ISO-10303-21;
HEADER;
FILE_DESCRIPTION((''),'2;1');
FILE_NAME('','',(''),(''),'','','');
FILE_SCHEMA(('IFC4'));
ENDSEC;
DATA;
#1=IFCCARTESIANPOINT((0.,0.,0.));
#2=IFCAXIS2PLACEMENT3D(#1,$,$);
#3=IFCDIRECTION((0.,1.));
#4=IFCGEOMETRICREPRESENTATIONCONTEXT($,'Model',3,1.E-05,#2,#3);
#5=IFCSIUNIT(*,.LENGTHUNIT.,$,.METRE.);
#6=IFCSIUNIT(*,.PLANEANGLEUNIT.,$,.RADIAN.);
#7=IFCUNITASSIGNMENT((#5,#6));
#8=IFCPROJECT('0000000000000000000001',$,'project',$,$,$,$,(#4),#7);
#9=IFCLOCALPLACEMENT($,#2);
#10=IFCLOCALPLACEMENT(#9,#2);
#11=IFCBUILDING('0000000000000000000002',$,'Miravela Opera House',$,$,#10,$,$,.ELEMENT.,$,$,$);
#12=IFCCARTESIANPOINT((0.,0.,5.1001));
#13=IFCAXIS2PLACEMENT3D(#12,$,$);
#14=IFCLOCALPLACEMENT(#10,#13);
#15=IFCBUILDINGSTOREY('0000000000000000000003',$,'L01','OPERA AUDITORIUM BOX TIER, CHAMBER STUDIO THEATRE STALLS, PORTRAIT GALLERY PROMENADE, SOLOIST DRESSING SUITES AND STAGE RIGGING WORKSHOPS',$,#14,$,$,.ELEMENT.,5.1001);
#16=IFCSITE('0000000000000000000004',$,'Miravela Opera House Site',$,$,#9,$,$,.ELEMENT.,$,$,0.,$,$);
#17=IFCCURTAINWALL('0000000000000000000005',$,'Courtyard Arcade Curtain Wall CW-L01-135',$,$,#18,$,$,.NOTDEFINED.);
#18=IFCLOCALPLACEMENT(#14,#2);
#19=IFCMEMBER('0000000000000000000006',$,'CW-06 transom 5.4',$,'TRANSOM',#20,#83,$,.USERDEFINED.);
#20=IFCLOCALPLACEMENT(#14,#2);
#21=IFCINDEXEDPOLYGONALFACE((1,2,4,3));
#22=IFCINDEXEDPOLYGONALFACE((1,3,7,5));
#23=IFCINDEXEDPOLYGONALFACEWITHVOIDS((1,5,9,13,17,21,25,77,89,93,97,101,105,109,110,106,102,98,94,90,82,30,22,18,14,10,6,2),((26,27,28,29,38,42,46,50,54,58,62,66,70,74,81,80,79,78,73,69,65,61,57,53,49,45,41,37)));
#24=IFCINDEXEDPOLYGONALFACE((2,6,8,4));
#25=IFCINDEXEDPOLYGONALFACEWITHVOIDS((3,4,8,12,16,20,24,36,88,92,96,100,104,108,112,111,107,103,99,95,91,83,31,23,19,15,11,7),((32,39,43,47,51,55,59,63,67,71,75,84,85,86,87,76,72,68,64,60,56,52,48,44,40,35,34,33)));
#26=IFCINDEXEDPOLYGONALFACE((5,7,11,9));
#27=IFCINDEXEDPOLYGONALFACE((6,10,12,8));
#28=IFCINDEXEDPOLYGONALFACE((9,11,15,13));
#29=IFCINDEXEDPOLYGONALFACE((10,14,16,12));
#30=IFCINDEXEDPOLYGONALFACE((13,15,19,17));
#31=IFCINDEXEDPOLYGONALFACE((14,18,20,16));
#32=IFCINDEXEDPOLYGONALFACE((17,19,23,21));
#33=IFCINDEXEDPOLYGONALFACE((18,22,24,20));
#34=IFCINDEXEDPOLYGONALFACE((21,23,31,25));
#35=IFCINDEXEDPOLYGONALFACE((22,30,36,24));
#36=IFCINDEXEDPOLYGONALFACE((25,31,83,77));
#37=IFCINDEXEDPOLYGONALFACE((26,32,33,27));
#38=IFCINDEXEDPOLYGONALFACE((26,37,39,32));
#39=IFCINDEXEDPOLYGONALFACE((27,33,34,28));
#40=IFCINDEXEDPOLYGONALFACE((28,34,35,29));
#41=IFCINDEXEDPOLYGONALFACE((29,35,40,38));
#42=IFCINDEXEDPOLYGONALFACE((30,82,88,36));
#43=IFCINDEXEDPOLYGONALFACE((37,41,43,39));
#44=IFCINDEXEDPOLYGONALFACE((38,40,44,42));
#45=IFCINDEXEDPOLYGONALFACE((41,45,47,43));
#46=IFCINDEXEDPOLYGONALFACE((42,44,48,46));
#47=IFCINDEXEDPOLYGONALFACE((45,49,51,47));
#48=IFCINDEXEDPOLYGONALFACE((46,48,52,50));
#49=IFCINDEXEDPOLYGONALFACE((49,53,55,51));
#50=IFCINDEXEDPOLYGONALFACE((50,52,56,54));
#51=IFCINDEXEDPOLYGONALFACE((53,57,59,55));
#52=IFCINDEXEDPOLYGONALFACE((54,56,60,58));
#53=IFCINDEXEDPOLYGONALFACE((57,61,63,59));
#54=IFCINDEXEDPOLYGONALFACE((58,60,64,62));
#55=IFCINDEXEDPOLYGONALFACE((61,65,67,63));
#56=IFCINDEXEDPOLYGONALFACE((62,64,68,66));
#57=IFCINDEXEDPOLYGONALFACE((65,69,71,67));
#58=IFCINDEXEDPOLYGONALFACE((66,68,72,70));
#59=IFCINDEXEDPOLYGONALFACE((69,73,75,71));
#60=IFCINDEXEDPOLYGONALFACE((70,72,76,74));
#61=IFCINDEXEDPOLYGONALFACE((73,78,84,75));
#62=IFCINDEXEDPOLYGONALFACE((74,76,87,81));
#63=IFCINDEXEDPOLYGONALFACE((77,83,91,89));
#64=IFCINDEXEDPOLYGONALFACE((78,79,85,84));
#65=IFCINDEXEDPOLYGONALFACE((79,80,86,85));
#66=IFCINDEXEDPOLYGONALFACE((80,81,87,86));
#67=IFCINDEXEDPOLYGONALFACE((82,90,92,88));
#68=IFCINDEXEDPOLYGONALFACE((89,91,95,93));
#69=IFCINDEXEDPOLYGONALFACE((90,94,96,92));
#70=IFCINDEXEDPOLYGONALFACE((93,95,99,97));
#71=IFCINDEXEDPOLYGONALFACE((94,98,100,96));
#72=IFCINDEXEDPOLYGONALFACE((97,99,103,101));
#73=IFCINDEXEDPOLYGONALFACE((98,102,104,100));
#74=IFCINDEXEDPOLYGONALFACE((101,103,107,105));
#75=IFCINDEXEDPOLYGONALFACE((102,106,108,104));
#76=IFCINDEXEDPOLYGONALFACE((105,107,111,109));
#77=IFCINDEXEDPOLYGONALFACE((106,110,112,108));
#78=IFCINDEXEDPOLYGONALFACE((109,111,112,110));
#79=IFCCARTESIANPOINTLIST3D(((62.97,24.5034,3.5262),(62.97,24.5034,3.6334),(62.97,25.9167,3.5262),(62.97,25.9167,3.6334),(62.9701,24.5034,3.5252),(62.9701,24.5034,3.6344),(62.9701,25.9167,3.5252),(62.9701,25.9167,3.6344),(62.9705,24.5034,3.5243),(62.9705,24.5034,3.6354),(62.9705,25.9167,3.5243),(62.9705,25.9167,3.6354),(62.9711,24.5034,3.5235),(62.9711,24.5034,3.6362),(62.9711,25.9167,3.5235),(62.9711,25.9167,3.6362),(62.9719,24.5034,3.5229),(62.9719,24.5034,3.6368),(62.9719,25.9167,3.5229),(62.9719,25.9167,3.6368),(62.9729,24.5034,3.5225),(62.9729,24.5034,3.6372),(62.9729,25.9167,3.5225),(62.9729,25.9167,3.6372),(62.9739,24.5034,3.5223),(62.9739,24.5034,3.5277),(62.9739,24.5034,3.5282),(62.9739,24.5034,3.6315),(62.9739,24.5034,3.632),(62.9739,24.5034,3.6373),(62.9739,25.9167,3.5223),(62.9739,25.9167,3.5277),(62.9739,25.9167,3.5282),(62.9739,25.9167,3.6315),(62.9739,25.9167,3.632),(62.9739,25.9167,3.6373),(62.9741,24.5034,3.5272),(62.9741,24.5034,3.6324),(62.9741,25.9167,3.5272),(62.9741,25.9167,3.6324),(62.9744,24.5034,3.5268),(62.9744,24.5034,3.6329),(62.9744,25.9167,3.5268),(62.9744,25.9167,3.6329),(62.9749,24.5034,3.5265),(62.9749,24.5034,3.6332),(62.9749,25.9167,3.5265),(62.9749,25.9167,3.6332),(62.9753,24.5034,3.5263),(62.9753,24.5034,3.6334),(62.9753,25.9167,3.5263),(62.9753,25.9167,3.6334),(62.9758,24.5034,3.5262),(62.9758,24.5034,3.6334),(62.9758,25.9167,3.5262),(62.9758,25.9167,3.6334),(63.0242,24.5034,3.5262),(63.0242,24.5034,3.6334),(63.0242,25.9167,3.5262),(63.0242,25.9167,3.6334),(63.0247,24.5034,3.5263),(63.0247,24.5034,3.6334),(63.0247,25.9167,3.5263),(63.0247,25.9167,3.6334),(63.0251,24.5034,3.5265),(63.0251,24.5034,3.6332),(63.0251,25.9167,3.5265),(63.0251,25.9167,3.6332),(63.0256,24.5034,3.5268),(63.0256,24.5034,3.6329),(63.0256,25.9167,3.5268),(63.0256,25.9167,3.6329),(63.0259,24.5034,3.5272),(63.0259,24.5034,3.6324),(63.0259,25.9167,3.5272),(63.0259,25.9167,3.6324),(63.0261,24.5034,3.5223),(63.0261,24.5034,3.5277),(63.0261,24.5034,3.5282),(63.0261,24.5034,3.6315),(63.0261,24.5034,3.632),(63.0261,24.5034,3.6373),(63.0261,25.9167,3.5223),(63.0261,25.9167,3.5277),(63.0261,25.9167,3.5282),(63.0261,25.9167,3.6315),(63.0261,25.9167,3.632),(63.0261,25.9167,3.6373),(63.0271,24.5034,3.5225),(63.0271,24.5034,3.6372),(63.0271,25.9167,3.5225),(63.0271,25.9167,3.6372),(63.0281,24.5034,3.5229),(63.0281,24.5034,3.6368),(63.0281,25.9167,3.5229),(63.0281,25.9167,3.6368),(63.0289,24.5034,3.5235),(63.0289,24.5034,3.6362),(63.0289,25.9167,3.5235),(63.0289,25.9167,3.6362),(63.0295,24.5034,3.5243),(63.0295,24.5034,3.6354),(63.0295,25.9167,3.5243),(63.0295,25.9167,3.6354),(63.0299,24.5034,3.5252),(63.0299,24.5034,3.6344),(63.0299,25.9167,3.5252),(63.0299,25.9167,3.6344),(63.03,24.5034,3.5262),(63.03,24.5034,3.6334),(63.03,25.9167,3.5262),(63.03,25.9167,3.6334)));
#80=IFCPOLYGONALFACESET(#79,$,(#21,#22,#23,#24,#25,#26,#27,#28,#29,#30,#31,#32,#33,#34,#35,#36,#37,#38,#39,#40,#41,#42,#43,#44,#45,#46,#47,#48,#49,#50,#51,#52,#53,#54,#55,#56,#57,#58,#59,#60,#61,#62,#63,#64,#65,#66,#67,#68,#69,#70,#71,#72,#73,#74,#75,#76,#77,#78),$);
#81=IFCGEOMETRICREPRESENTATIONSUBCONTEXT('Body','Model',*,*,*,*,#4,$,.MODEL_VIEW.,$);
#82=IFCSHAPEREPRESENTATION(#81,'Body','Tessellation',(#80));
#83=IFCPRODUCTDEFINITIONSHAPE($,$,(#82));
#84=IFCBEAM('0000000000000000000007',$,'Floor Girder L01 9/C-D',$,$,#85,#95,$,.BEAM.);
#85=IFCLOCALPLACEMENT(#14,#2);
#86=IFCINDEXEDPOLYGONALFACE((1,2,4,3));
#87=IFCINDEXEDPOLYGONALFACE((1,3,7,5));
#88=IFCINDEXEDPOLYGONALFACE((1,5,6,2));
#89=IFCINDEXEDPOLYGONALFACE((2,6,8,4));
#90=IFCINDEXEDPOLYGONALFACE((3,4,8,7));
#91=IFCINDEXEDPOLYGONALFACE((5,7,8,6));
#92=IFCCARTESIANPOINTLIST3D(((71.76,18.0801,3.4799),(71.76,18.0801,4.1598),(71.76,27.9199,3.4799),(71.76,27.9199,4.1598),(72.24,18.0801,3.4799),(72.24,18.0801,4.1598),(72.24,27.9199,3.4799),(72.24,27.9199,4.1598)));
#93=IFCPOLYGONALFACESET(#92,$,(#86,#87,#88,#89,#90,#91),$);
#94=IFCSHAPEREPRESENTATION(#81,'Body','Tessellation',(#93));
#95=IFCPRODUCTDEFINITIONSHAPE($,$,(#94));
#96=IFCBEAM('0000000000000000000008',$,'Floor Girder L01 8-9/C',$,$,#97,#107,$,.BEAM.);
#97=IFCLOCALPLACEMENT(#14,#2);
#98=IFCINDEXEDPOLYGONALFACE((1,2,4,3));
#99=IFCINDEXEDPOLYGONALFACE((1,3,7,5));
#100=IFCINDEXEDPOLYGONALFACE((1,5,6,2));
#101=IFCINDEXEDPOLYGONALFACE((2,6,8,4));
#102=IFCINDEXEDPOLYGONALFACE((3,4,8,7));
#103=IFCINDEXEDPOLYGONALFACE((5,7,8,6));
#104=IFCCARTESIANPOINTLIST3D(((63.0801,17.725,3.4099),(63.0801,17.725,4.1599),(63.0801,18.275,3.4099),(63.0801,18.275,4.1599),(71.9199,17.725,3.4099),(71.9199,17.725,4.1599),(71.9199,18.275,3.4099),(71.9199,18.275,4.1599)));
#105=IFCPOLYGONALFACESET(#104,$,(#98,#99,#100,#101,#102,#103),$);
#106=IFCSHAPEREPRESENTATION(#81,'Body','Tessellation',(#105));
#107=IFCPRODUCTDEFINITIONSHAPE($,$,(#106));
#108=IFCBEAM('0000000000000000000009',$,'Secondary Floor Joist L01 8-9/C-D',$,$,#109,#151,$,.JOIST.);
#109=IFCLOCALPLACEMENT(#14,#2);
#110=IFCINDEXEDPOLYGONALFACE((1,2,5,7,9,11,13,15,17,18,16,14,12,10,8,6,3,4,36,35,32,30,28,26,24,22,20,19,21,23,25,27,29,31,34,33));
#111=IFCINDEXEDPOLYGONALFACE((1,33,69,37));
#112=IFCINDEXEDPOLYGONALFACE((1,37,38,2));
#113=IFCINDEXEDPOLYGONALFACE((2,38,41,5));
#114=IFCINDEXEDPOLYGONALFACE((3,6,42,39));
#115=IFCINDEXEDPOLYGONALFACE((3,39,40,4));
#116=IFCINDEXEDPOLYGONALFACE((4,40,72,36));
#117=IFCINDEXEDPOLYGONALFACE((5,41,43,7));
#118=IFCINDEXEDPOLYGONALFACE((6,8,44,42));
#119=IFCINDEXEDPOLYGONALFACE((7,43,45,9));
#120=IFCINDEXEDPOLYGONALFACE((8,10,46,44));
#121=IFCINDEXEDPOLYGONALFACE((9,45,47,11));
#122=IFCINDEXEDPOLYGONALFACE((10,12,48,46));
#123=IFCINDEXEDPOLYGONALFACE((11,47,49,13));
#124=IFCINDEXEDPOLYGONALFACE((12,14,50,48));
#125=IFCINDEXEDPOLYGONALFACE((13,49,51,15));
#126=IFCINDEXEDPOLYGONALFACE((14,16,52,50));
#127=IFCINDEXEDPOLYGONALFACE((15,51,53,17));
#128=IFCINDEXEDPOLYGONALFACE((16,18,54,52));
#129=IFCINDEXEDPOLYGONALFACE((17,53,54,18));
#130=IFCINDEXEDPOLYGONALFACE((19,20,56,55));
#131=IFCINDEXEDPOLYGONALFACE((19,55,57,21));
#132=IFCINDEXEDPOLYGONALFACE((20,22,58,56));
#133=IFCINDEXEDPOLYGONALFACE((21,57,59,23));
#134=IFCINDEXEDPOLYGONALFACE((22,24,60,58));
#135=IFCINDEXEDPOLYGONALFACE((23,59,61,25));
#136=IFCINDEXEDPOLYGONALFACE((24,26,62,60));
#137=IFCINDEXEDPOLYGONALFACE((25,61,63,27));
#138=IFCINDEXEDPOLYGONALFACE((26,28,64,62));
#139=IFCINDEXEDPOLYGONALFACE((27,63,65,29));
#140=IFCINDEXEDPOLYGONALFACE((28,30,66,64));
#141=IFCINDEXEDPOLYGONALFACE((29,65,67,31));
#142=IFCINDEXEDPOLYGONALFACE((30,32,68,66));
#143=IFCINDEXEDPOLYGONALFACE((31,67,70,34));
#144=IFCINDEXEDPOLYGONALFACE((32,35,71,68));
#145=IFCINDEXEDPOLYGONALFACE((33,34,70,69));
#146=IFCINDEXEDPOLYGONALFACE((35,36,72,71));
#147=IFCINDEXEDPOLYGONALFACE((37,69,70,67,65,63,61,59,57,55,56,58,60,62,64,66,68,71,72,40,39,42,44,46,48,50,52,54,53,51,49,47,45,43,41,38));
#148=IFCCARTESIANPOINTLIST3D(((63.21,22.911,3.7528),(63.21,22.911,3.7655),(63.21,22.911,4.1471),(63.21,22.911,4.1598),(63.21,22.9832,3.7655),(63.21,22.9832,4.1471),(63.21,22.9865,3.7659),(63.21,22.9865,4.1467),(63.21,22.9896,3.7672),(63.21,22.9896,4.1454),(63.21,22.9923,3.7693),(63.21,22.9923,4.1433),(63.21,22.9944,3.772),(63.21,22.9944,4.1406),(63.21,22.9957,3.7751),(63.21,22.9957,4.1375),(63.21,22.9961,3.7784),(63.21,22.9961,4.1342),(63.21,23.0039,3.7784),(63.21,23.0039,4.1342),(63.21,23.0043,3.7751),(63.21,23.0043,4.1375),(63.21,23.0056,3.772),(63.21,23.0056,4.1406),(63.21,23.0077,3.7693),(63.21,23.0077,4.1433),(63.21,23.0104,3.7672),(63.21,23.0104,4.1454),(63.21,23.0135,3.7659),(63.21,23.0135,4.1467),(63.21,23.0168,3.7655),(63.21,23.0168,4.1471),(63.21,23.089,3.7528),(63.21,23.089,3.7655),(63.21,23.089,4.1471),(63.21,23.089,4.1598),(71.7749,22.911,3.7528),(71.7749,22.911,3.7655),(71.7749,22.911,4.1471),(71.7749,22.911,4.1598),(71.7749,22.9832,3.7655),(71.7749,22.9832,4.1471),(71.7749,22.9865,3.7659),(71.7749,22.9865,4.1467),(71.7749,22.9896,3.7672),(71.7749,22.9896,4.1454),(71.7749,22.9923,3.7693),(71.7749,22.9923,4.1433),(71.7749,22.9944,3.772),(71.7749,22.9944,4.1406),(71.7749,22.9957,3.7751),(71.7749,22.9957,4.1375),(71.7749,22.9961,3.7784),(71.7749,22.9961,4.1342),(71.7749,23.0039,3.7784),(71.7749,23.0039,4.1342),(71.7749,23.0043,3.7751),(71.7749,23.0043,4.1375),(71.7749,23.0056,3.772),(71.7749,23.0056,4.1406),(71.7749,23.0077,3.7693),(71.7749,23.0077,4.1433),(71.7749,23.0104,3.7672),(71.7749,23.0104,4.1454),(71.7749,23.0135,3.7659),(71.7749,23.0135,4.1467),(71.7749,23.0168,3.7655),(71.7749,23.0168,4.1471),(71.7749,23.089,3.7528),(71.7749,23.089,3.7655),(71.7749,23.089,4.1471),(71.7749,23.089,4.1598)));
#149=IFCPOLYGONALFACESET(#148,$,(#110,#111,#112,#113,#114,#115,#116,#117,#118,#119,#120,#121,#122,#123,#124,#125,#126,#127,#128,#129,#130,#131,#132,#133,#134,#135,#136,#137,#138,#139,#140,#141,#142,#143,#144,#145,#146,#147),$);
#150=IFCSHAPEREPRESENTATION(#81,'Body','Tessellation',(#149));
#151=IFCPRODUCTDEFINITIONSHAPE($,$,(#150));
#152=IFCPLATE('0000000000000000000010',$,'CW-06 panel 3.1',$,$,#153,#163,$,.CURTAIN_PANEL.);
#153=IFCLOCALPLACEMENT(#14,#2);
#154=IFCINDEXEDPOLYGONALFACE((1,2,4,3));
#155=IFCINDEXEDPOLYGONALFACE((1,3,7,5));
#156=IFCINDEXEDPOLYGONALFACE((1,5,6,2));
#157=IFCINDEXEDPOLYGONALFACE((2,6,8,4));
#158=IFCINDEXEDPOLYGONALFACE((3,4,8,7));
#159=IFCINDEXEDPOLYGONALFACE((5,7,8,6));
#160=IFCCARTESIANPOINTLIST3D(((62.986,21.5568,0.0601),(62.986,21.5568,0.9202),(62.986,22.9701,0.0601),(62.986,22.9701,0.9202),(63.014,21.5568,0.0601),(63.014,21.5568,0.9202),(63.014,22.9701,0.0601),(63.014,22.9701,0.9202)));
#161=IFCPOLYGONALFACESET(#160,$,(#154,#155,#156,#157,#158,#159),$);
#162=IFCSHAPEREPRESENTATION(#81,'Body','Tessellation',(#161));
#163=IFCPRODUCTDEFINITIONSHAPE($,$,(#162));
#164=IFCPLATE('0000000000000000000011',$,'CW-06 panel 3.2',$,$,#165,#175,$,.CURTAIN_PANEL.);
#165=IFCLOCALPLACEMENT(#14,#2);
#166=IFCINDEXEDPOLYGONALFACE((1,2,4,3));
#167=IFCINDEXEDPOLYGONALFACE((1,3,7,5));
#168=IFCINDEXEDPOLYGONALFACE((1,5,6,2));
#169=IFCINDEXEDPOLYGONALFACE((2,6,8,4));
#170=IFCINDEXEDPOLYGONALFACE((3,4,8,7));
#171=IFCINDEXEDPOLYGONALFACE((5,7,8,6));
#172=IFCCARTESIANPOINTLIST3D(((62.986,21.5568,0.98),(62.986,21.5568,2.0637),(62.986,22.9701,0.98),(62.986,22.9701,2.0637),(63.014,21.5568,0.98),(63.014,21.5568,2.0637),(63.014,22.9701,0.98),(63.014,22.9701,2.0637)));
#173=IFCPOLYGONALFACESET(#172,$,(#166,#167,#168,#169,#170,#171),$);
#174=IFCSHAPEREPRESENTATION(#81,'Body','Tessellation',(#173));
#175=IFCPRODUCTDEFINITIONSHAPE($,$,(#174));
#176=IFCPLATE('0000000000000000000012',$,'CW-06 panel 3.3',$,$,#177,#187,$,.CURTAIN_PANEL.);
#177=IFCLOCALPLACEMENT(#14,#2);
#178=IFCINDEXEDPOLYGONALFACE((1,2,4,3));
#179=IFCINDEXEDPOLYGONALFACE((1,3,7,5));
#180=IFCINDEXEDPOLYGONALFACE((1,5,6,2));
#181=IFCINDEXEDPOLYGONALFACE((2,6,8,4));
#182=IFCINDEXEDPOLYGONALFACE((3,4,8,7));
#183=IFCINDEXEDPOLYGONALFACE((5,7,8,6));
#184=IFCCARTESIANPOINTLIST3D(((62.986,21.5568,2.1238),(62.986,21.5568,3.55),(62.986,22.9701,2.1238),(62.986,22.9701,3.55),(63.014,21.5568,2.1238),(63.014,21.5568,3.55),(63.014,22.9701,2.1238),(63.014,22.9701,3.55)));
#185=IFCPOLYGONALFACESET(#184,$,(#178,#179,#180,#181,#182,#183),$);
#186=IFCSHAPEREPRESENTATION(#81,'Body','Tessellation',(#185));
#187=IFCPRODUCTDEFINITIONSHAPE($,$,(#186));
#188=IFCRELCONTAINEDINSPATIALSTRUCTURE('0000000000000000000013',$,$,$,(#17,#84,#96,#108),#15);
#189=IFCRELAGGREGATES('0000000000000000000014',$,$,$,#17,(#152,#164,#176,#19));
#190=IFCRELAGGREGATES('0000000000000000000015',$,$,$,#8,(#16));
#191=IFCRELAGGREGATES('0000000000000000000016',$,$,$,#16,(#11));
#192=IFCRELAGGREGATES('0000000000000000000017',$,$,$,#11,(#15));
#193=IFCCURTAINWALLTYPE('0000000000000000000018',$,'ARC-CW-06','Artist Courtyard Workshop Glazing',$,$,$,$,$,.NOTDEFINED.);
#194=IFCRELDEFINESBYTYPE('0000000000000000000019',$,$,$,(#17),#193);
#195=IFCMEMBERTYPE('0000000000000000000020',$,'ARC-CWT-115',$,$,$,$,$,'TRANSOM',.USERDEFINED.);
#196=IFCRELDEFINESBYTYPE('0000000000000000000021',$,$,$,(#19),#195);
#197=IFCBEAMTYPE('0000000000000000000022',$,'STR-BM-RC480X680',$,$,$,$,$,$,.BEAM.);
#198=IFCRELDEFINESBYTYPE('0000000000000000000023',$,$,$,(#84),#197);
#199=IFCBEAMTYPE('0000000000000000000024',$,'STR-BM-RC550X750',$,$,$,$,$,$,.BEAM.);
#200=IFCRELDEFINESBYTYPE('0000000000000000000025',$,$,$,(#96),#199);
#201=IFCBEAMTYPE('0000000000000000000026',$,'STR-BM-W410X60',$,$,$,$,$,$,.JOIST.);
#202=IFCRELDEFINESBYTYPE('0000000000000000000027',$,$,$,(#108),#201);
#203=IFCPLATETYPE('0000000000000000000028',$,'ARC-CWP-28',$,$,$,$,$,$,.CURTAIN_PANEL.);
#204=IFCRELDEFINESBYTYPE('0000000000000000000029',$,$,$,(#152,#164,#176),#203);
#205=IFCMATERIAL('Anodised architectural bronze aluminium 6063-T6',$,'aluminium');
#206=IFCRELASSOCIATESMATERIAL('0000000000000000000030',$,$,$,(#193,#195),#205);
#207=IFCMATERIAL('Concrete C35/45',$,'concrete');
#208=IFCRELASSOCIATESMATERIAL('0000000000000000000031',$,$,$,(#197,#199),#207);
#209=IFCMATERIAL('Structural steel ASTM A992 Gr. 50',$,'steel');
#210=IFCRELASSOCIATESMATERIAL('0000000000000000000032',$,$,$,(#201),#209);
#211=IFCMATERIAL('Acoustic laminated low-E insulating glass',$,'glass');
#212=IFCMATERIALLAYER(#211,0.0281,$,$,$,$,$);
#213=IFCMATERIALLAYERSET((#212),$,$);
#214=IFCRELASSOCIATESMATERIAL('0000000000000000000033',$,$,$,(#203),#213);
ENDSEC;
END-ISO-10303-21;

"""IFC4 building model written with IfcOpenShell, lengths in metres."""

from ifc_helpers import new_model, si_unit, direction, frame, origin, origin_2d, place, context, subcontext, project, spatial, rectangle, hollow_rectangle, i_section, extrude, material, layer, layer_set, material_profile, profile_set, type_object, element, aggregate, save


model = new_model("IFC4")

# Units and contexts
model_context = context("Model", 3, precision=1e-05, world=origin(), true_north=direction((0.0, 1.0)))
body_context = subcontext(model_context, "Body", "Model", "MODEL_VIEW")
ifc_project = project(units=[si_unit("LENGTHUNIT", "METRE"), si_unit("PLANEANGLEUNIT", "RADIAN")], contexts=[model_context])

# Site, building, storey
site_placement = place(None, origin())
site = spatial("IfcSite", under=ifc_project, at=site_placement, Name="Miravela Opera House Site", CompositionType="ELEMENT", RefElevation=0.0)
building_placement = place(site_placement, origin())
building = spatial("IfcBuilding", under=site, at=building_placement, Name="Miravela Opera House", CompositionType="ELEMENT")
storey_placement = place(building_placement, frame((0.0, 0.0, 5.1001)))
storey = spatial("IfcBuildingStorey", under=building, at=storey_placement, Name="L01", Description="OPERA AUDITORIUM BOX TIER, CHAMBER STUDIO THEATRE STALLS, PORTRAIT GALLERY PROMENADE, SOLOIST DRESSING SUITES AND STAGE RIGGING WORKSHOPS", CompositionType="ELEMENT", Elevation=5.1001)

# Shared definitions
ifc_material_1 = material(Name="Concrete C35/45", Category="concrete")

# Curtain wall, member
ifc_material_2 = material(Name="Anodised architectural bronze aluminium 6063-T6", Category="aluminium")
curtain_wall_type = type_object("IfcCurtainWallType", Name="ARC-CW-06", Description="Artist Courtyard Workshop Glazing", PredefinedType="NOTDEFINED", material=ifc_material_2)
curtain_wall_placement = place(storey_placement, origin())
curtain_wall = element("IfcCurtainWall", 1, at=curtain_wall_placement, inside=storey, type_object=curtain_wall_type, Name="Courtyard Arcade Curtain Wall CW-L01-135", PredefinedType="NOTDEFINED")
ifc_material_profile_1 = material_profile(ifc_material_2, hollow_rectangle(XDim=0.0601, YDim=0.115, WallThickness=0.0039, InnerFilletRadius=0.002, OuterFilletRadius=0.0039, at=origin_2d()), Name="CWT-60X115")
ifc_profile_set_1 = profile_set([ifc_material_profile_1])
member_type_1 = type_object("IfcMemberType", Name="ARC-CWT-115", ElementType="TRANSOM", PredefinedType="USERDEFINED", material=ifc_profile_set_1)
member_1_placement = place(storey_placement, frame((63.0, 24.5034, 3.5798), z_axis=(0.0, 1.0, 0.0), x_axis=(-1.0, 0.0, 0.0)))
member_1 = element("IfcMember", 2, at=member_1_placement, type_object=member_type_1, Name="CW-06 transom 5.4", ObjectType="TRANSOM", PredefinedType="USERDEFINED", context=body_context, shape_type="SweptSolid", body=[
    extrude(hollow_rectangle(XDim=0.0601, YDim=0.115, WallThickness=0.0039, InnerFilletRadius=0.002, OuterFilletRadius=0.0039, at=origin_2d()), origin(), (0.0, 0.0, 1.0), 1.4133),
])

# Beams
ifc_material_profile_2 = material_profile(ifc_material_1, rectangle(XDim=0.48, YDim=0.6799, at=origin_2d()), Name="RC-BM-480X680")
ifc_profile_set_2 = profile_set([ifc_material_profile_2])
beam_type_1 = type_object("IfcBeamType", Name="STR-BM-RC480X680", PredefinedType="BEAM", material=ifc_profile_set_2)
beam_1_placement = place(storey_placement, frame((72.0, 18.0801, 3.8198), z_axis=(0.0, 1.0, 0.0), x_axis=(-1.0, 0.0, 0.0)))
element("IfcBeam", 3, at=beam_1_placement, inside=storey, type_object=beam_type_1, Name="Floor Girder L01 9/C-D", PredefinedType="BEAM", context=body_context, shape_type="SweptSolid", body=[
    extrude(rectangle(XDim=0.48, YDim=0.6799, at=origin_2d()), origin(), (0.0, 0.0, 1.0), 9.8398),
])
ifc_material_profile_3 = material_profile(ifc_material_1, rectangle(XDim=0.55, YDim=0.75, at=origin_2d()), Name="RC-BM-550X750")
ifc_profile_set_3 = profile_set([ifc_material_profile_3])
beam_type_2 = type_object("IfcBeamType", Name="STR-BM-RC550X750", PredefinedType="BEAM", material=ifc_profile_set_3)
beam_2_placement = place(storey_placement, frame((63.0801, 18.0, 3.7849), z_axis=(1.0, 0.0, 0.0), x_axis=(0.0, 1.0, 0.0)))
element("IfcBeam", 4, at=beam_2_placement, inside=storey, type_object=beam_type_2, Name="Floor Girder L01 8-9/C", PredefinedType="BEAM", context=body_context, shape_type="SweptSolid", body=[
    extrude(rectangle(XDim=0.55, YDim=0.75, at=origin_2d()), origin(), (0.0, 0.0, 1.0), 8.8398),
])
ifc_material_3 = material(Name="Structural steel ASTM A992 Gr. 50", Category="steel")
ifc_material_profile_4 = material_profile(ifc_material_3, i_section(OverallWidth=0.178, OverallDepth=0.407, WebThickness=0.0078, FlangeThickness=0.0127, FilletRadius=0.0129, at=origin_2d()), Name="W410X60")
ifc_profile_set_4 = profile_set([ifc_material_profile_4])
beam_type_3 = type_object("IfcBeamType", Name="STR-BM-W410X60", PredefinedType="JOIST", material=ifc_profile_set_4)
beam_3_placement = place(storey_placement, frame((63.21, 23.0, 3.9563), z_axis=(1.0, 0.0, 0.0), x_axis=(0.0, 1.0, 0.0)))
element("IfcBeam", 5, at=beam_3_placement, inside=storey, type_object=beam_type_3, Name="Secondary Floor Joist L01 8-9/C-D", PredefinedType="JOIST", context=body_context, shape_type="SweptSolid", body=[
    extrude(i_section(OverallWidth=0.178, OverallDepth=0.407, WebThickness=0.0078, FlangeThickness=0.0127, FilletRadius=0.0129, at=origin_2d()), origin(), (0.0, 0.0, 1.0), 8.5649),
])

# Plates
ifc_material_4 = material(Name="Acoustic laminated low-E insulating glass", Category="glass")
ifc_layer = layer(ifc_material_4, 0.0281)
ifc_layer_set = layer_set([ifc_layer])
plate_type = type_object("IfcPlateType", Name="ARC-CWP-28", PredefinedType="CURTAIN_PANEL", material=ifc_layer_set)
plate_1_placement = place(storey_placement, frame((63.0, 22.2634, 0.0601), z_axis=(0.0, 0.0, 1.0), x_axis=(0.0, 1.0, 0.0)))
plate_1 = element("IfcPlate", 6, at=plate_1_placement, type_object=plate_type, Name="CW-06 panel 3.1", PredefinedType="CURTAIN_PANEL", context=body_context, shape_type="SweptSolid", body=[
    extrude(rectangle(XDim=1.4133, YDim=0.0281, at=origin_2d()), origin(), (0.0, 0.0, 1.0), 0.8601),
])
plate_2_placement = place(storey_placement, frame((63.0, 22.2634, 0.98), z_axis=(0.0, 0.0, 1.0), x_axis=(0.0, 1.0, 0.0)))
plate_2 = element("IfcPlate", 7, at=plate_2_placement, type_object=plate_type, Name="CW-06 panel 3.2", PredefinedType="CURTAIN_PANEL", context=body_context, shape_type="SweptSolid", body=[
    extrude(rectangle(XDim=1.4133, YDim=0.0281, at=origin_2d()), origin(), (0.0, 0.0, 1.0), 1.0837),
])
plate_3_placement = place(storey_placement, frame((63.0, 22.2634, 2.1238), z_axis=(0.0, 0.0, 1.0), x_axis=(0.0, 1.0, 0.0)))
plate_3 = element("IfcPlate", 8, at=plate_3_placement, type_object=plate_type, Name="CW-06 panel 3.3", PredefinedType="CURTAIN_PANEL", context=body_context, shape_type="SweptSolid", body=[
    extrude(rectangle(XDim=1.4133, YDim=0.0281, at=origin_2d()), origin(), (0.0, 0.0, 1.0), 1.4263),
])
aggregate(curtain_wall, [plate_1, plate_2, plate_3, member_1])

save(model, "model.ifc")
